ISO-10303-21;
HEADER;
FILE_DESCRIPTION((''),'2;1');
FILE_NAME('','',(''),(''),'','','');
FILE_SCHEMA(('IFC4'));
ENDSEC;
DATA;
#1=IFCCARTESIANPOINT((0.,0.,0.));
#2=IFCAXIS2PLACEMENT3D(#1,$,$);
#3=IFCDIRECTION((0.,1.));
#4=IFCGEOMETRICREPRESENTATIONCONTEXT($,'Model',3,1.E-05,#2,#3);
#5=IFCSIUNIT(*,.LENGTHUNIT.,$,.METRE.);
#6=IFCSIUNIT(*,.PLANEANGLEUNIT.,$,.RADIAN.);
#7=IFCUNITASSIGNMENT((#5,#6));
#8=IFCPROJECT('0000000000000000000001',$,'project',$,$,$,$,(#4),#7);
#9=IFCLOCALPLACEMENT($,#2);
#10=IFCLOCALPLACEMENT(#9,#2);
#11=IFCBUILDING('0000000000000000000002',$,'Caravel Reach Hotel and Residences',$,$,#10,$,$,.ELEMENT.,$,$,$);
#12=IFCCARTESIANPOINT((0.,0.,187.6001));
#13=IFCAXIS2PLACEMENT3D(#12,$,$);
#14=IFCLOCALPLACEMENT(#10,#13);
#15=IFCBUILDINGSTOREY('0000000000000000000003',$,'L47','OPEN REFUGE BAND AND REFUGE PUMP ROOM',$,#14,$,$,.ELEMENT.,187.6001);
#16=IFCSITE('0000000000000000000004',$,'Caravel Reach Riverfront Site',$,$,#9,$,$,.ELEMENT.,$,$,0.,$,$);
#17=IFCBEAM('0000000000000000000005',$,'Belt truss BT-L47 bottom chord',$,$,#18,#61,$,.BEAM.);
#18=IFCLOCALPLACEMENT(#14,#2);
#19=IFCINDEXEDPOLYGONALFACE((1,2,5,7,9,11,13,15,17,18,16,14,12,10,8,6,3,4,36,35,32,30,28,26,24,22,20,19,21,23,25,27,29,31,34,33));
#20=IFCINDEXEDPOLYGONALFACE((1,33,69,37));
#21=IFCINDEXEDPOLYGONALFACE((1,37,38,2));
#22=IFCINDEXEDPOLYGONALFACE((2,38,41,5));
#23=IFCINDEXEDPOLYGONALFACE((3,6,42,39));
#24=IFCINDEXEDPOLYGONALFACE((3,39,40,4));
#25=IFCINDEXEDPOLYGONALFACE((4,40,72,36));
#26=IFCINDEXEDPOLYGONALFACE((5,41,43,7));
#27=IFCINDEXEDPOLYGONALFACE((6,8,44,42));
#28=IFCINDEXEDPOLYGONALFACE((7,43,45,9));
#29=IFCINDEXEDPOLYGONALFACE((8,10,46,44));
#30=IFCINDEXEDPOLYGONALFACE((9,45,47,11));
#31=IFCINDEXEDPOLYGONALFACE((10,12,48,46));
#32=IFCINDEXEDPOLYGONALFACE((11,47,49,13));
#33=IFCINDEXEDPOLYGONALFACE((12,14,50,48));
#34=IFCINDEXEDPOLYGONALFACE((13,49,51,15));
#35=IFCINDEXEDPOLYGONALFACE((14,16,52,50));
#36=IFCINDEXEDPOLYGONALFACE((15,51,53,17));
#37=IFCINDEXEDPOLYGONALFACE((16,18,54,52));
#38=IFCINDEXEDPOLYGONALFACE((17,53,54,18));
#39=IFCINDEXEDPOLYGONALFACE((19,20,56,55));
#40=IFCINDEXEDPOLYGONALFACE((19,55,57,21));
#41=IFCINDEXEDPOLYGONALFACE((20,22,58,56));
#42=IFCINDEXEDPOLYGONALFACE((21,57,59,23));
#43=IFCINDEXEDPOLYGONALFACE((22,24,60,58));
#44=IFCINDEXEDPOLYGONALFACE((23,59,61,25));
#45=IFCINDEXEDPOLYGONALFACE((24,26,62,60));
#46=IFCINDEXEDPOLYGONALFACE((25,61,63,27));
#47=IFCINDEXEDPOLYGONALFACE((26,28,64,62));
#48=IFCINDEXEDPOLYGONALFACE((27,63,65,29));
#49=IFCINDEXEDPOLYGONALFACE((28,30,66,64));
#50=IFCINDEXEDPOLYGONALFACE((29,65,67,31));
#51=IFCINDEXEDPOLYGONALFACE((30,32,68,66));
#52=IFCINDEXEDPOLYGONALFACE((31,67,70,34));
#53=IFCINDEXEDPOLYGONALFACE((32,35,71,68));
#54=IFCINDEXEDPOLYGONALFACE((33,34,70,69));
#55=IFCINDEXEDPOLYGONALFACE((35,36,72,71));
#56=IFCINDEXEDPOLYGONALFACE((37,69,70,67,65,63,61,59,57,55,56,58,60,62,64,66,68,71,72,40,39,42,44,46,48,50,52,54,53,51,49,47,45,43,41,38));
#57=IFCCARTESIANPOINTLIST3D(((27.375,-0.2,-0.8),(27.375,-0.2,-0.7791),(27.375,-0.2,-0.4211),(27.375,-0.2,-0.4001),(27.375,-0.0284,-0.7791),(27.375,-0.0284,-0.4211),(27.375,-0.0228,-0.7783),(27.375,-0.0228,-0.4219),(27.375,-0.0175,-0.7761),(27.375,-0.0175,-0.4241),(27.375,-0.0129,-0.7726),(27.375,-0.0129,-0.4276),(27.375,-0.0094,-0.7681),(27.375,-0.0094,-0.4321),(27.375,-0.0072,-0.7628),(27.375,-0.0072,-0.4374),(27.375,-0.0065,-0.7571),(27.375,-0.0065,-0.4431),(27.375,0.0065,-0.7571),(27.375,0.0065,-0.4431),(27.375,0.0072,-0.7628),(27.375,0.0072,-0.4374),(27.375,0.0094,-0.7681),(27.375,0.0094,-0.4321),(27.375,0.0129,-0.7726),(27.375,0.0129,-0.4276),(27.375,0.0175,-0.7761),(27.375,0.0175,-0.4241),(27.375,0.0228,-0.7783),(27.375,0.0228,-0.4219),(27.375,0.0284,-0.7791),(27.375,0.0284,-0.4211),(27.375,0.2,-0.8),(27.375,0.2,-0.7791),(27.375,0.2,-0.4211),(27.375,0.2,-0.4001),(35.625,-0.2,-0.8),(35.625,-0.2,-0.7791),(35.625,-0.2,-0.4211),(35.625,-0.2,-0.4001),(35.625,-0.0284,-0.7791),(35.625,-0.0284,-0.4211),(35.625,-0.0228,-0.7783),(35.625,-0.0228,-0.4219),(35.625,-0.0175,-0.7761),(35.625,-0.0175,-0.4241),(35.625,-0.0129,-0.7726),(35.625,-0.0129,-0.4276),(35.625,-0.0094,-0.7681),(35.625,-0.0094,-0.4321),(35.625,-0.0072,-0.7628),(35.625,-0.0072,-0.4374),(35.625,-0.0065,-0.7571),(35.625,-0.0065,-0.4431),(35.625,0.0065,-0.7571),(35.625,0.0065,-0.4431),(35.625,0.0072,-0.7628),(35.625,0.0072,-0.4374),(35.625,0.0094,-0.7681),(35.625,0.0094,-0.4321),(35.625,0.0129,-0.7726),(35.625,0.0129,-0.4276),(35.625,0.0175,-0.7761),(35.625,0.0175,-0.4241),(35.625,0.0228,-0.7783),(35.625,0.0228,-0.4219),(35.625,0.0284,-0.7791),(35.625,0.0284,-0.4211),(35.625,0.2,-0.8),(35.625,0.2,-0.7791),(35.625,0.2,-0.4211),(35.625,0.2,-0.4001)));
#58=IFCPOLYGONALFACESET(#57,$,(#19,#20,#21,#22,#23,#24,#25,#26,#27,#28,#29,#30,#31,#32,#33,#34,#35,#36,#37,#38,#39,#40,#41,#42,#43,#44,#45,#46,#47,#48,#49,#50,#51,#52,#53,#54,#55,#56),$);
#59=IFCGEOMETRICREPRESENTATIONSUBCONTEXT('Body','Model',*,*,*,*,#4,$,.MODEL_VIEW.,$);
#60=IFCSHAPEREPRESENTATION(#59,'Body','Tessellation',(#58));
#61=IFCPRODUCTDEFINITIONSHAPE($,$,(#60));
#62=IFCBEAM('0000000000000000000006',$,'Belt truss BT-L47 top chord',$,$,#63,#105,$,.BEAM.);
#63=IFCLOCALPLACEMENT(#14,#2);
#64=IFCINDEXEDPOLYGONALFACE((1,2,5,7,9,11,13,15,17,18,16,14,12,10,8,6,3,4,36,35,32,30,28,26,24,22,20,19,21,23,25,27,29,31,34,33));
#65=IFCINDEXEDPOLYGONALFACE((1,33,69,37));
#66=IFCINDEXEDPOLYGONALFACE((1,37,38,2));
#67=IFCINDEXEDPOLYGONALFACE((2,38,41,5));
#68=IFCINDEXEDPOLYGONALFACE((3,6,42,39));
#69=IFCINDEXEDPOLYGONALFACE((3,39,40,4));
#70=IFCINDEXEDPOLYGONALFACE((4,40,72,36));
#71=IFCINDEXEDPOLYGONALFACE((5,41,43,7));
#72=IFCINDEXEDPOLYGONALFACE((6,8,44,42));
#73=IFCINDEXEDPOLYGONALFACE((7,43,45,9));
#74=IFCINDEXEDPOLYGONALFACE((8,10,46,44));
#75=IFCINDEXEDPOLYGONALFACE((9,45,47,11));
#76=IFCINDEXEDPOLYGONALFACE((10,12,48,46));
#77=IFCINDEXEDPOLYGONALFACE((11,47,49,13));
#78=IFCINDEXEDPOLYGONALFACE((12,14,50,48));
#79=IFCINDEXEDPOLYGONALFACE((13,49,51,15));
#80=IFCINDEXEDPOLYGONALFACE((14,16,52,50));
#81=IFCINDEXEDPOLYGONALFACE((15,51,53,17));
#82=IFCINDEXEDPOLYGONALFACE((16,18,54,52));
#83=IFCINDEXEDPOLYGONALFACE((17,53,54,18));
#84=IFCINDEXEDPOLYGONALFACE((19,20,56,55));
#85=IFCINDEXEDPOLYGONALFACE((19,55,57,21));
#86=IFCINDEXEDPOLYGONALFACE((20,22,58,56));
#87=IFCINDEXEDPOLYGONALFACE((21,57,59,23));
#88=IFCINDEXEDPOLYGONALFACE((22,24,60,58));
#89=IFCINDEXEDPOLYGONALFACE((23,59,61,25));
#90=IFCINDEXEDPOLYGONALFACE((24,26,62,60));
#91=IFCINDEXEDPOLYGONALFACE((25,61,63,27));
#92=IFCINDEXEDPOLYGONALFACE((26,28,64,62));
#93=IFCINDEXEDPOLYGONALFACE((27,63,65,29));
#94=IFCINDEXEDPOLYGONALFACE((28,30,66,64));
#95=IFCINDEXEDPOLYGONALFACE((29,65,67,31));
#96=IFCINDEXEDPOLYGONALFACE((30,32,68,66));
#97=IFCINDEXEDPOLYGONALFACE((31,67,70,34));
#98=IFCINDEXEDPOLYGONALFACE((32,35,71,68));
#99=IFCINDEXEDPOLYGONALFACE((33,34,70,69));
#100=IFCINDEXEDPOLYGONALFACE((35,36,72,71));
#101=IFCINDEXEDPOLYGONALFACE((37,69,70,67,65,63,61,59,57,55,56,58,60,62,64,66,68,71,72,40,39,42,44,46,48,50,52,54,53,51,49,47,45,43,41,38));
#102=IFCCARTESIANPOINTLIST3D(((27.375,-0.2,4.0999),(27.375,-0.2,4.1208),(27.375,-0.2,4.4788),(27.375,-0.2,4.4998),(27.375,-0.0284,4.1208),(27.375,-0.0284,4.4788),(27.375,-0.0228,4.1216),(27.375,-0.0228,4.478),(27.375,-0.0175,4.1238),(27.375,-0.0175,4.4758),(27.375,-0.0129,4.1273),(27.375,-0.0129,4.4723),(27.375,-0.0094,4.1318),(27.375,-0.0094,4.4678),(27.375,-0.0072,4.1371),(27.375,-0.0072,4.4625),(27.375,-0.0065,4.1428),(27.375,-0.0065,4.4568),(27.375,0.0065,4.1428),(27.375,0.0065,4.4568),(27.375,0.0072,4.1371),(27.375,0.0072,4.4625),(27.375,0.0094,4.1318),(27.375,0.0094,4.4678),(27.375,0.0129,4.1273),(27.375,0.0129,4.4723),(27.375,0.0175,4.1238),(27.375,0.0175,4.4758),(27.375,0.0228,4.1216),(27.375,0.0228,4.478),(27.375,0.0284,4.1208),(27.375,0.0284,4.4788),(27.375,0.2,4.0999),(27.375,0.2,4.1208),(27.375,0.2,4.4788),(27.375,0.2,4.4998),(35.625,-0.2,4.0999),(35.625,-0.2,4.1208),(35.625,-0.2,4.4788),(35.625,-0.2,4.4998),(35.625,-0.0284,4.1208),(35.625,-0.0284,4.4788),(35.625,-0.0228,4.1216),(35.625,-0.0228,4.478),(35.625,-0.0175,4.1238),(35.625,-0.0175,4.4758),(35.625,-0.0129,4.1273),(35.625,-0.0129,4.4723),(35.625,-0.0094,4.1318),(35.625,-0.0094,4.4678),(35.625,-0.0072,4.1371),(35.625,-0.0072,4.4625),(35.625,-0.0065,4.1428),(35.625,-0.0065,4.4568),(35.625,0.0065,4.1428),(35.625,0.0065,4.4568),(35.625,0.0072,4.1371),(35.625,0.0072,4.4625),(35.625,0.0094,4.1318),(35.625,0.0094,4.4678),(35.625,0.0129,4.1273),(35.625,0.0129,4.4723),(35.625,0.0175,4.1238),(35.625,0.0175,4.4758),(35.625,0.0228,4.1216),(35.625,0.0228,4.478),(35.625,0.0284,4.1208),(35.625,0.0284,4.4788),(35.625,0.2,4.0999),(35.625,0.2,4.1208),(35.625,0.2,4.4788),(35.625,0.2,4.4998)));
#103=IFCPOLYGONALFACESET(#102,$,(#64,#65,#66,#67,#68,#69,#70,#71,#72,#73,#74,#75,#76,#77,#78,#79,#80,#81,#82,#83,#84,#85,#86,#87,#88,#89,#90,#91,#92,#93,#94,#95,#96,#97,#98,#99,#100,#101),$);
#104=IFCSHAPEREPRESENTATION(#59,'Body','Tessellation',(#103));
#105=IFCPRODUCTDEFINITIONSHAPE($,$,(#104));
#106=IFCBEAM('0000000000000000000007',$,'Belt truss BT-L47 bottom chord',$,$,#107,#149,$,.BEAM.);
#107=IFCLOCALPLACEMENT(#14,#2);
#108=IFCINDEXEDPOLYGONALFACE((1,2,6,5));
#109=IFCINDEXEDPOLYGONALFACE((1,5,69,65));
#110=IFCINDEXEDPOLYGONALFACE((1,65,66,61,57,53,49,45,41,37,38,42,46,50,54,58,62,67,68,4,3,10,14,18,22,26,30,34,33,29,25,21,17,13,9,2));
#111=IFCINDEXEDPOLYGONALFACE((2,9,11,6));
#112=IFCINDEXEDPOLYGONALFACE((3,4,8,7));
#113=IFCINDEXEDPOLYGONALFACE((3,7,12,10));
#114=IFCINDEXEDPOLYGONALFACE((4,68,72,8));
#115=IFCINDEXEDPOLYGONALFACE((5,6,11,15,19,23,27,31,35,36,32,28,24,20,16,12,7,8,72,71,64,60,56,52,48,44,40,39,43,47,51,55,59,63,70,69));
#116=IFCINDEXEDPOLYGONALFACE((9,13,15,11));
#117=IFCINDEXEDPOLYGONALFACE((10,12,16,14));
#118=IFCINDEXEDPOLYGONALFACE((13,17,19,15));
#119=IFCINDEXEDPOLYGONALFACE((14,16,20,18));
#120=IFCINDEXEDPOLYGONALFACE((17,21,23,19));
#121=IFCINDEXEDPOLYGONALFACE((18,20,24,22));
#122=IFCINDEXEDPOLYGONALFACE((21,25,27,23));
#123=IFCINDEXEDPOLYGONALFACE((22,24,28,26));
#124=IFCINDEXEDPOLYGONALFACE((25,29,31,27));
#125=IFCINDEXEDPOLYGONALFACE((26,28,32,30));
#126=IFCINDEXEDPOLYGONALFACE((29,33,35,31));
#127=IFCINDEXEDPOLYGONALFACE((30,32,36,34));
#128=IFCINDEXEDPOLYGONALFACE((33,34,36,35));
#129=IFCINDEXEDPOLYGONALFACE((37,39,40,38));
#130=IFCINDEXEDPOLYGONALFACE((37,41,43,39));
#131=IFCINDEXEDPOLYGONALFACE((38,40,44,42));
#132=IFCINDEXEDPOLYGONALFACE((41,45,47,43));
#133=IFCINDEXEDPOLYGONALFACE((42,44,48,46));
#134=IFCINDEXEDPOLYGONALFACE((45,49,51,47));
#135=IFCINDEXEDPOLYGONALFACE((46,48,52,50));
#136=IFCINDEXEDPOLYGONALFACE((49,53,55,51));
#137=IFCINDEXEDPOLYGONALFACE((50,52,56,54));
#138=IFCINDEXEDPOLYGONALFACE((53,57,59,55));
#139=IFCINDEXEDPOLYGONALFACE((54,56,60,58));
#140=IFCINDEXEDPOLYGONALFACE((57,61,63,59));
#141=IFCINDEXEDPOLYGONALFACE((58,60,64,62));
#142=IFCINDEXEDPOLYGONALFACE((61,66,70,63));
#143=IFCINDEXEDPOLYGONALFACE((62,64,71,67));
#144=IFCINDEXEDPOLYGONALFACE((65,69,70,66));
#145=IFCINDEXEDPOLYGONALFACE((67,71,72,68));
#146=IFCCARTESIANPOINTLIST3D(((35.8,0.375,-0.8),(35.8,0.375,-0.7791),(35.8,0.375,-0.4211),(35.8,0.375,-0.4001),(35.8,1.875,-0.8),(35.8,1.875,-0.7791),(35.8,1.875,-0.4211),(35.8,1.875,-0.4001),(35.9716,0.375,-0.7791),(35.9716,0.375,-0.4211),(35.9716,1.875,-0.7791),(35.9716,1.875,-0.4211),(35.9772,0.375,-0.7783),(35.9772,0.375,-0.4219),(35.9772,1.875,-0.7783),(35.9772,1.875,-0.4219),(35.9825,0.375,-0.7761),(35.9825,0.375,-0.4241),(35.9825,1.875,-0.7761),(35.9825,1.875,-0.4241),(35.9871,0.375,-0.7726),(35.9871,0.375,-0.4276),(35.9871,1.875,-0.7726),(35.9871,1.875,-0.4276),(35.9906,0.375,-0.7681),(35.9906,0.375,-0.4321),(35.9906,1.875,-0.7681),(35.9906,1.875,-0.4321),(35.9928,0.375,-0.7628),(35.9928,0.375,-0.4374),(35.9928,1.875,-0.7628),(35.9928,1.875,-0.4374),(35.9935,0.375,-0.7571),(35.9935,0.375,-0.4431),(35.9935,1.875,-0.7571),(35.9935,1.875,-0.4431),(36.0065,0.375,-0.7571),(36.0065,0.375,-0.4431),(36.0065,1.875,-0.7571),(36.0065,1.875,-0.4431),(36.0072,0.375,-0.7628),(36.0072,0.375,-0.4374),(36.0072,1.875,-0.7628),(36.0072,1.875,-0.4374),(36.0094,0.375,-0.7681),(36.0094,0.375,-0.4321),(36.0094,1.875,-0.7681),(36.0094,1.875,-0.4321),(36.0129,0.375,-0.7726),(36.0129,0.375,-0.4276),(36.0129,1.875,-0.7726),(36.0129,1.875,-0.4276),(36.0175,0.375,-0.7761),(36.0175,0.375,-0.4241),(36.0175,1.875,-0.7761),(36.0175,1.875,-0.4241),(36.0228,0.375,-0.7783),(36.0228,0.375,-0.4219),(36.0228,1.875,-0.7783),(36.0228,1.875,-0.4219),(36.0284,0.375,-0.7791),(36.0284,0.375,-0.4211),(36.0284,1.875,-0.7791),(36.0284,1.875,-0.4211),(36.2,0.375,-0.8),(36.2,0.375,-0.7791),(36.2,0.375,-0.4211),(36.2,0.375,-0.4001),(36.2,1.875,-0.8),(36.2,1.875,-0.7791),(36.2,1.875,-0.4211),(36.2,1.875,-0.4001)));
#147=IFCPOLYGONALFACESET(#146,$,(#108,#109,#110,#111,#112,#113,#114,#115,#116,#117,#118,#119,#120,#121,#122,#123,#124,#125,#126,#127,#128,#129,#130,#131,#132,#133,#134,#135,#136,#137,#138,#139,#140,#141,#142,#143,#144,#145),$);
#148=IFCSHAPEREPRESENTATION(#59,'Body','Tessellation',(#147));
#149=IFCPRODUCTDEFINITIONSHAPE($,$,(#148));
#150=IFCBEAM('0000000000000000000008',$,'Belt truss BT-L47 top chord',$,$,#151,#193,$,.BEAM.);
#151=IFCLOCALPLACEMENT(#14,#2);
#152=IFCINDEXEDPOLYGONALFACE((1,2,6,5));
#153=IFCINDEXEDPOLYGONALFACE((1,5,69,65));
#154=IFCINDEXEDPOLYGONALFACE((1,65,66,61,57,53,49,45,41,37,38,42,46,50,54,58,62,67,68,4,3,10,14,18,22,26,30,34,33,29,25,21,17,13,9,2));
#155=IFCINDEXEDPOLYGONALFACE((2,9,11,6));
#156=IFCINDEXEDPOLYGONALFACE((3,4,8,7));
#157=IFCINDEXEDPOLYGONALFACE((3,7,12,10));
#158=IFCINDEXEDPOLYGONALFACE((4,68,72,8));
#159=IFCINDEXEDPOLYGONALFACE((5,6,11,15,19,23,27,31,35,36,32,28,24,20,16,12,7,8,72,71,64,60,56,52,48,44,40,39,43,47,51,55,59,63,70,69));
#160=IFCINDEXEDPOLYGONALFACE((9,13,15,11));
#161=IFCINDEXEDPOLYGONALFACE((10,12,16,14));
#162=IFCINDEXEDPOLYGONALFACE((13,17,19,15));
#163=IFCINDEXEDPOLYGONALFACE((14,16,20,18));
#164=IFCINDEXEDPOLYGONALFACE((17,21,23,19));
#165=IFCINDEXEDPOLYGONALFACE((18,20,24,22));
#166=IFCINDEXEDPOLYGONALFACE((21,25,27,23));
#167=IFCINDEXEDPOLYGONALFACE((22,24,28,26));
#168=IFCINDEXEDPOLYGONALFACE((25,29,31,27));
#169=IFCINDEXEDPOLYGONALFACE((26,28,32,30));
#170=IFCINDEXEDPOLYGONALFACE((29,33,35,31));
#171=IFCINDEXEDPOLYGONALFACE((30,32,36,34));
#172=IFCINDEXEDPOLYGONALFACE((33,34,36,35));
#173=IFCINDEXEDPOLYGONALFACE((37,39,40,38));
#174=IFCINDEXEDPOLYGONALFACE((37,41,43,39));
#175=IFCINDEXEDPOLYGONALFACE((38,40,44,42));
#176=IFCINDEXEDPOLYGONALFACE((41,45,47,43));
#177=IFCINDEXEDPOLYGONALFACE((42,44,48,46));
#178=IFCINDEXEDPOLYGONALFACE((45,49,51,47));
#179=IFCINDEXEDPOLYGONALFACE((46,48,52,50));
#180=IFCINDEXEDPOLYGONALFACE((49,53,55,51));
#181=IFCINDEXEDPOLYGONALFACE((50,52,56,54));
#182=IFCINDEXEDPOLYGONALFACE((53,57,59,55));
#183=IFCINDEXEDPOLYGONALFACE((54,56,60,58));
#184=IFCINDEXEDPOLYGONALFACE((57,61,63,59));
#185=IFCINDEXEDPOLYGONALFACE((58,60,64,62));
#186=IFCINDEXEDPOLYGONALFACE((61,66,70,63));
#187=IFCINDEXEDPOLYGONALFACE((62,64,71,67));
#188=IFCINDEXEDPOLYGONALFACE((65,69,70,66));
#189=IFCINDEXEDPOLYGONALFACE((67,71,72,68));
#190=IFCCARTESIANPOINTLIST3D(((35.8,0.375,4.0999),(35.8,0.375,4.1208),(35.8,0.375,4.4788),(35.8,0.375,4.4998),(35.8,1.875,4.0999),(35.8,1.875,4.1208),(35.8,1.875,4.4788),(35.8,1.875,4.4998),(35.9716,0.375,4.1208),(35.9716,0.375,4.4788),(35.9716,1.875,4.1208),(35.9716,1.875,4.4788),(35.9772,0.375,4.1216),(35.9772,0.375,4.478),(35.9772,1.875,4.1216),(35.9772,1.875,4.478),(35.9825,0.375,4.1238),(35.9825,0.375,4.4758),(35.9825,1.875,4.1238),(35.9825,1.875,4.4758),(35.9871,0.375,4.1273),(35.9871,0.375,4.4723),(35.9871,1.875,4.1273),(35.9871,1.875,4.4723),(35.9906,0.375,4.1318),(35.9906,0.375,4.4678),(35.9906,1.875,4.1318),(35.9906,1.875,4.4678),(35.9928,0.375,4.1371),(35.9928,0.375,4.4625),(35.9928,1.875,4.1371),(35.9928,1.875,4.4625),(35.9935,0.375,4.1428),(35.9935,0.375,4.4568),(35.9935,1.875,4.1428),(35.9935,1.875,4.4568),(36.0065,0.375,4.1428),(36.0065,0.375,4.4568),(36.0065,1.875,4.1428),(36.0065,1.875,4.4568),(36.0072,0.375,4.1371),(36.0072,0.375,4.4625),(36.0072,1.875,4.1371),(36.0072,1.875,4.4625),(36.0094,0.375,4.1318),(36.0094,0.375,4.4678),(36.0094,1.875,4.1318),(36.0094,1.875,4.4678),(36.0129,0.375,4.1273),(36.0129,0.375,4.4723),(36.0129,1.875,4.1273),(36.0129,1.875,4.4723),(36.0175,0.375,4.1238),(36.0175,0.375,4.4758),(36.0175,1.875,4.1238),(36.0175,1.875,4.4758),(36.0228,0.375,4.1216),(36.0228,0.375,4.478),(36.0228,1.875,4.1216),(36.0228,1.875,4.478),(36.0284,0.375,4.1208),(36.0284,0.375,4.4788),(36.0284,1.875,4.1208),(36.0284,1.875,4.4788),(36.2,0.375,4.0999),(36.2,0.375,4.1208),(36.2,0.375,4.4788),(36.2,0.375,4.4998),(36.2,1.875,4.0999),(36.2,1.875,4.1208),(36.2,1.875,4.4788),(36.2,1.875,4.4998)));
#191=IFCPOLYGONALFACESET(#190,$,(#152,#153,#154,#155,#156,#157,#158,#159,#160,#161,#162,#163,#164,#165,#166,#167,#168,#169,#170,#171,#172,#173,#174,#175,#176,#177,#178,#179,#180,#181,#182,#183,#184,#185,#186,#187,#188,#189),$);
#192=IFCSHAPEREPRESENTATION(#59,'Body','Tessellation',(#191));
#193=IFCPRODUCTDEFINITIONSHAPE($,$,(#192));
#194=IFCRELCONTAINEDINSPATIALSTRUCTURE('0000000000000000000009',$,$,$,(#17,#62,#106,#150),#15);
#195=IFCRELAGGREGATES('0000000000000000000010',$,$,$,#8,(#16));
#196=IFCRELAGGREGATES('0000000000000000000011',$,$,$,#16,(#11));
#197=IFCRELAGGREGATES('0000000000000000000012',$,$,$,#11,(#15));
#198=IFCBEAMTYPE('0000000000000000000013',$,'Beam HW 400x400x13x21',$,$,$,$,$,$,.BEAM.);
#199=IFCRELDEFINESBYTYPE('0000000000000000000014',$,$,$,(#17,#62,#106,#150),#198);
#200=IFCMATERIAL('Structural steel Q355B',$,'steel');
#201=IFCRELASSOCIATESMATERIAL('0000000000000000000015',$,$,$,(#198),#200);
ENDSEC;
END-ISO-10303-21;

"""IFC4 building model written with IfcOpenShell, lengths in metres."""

from ifc_helpers import new_model, si_unit, direction, frame, origin, origin_2d, place, context, subcontext, project, spatial, i_section, extrude, material, material_profile, profile_set, type_object, element, save


model = new_model("IFC4")

# Units and contexts
model_context = context("Model", 3, precision=1e-05, world=origin(), true_north=direction((0.0, 1.0)))
body_context = subcontext(model_context, "Body", "Model", "MODEL_VIEW")
ifc_project = project(units=[si_unit("LENGTHUNIT", "METRE"), si_unit("PLANEANGLEUNIT", "RADIAN")], contexts=[model_context])

# Site, building, storey
site_placement = place(None, origin())
site = spatial("IfcSite", under=ifc_project, at=site_placement, Name="Caravel Reach Riverfront Site", CompositionType="ELEMENT", RefElevation=0.0)
building_placement = place(site_placement, origin())
building = spatial("IfcBuilding", under=site, at=building_placement, Name="Caravel Reach Hotel and Residences", CompositionType="ELEMENT")
storey_placement = place(building_placement, frame((0.0, 0.0, 187.6001)))
storey = spatial("IfcBuildingStorey", under=building, at=storey_placement, Name="L47", Description="OPEN REFUGE BAND AND REFUGE PUMP ROOM", CompositionType="ELEMENT", Elevation=187.6001)

# Beams
ifc_material_1 = material(Name="Structural steel Q355B", Category="steel")
ifc_material_profile_1 = material_profile(ifc_material_1, i_section(OverallWidth=0.3999, OverallDepth=0.3999, WebThickness=0.0129, FlangeThickness=0.021, FilletRadius=0.022, at=origin_2d()), Name="HW 400x400x13x21")
ifc_profile_set_1 = profile_set([ifc_material_profile_1], Name="Structural steel Q355B")
beam_type = type_object("IfcBeamType", Name="Beam HW 400x400x13x21", PredefinedType="BEAM", material=ifc_profile_set_1)
for number, where, z_axis, x_axis, name in (
    (1, (27.375, 0.0, -0.6001), (1.0, 0.0, 0.0), (0.0, 1.0, 0.0), "Belt truss BT-L47 bottom chord"),
    (2, (27.375, 0.0, 4.2998), (1.0, 0.0, 0.0), (0.0, 1.0, 0.0), "Belt truss BT-L47 top chord"),
):
    element("IfcBeam", number, at=place(storey_placement, frame(where, z_axis=z_axis, x_axis=x_axis)), inside=storey, type_object=beam_type, Name=name, PredefinedType="BEAM", context=body_context, shape_type="SweptSolid", body=[
        extrude(i_section(OverallWidth=0.3999, OverallDepth=0.3999, WebThickness=0.0129, FlangeThickness=0.021, FilletRadius=0.022, at=origin_2d()), origin(), (0.0, 0.0, 1.0), 8.25),
    ])
for number, where, z_axis, x_axis, name in (
    (3, (36.0, 0.375, -0.6001), (0.0, 1.0, 0.0), (-1.0, 0.0, 0.0), "Belt truss BT-L47 bottom chord"),
    (4, (36.0, 0.375, 4.2998), (0.0, 1.0, 0.0), (-1.0, 0.0, 0.0), "Belt truss BT-L47 top chord"),
):
    element("IfcBeam", number, at=place(storey_placement, frame(where, z_axis=z_axis, x_axis=x_axis)), inside=storey, type_object=beam_type, Name=name, PredefinedType="BEAM", context=body_context, shape_type="SweptSolid", body=[
        extrude(i_section(OverallWidth=0.3999, OverallDepth=0.3999, WebThickness=0.0129, FlangeThickness=0.021, FilletRadius=0.022, at=origin_2d()), origin(), (0.0, 0.0, 1.0), 1.5),
    ])

save(model, "model.ifc")
